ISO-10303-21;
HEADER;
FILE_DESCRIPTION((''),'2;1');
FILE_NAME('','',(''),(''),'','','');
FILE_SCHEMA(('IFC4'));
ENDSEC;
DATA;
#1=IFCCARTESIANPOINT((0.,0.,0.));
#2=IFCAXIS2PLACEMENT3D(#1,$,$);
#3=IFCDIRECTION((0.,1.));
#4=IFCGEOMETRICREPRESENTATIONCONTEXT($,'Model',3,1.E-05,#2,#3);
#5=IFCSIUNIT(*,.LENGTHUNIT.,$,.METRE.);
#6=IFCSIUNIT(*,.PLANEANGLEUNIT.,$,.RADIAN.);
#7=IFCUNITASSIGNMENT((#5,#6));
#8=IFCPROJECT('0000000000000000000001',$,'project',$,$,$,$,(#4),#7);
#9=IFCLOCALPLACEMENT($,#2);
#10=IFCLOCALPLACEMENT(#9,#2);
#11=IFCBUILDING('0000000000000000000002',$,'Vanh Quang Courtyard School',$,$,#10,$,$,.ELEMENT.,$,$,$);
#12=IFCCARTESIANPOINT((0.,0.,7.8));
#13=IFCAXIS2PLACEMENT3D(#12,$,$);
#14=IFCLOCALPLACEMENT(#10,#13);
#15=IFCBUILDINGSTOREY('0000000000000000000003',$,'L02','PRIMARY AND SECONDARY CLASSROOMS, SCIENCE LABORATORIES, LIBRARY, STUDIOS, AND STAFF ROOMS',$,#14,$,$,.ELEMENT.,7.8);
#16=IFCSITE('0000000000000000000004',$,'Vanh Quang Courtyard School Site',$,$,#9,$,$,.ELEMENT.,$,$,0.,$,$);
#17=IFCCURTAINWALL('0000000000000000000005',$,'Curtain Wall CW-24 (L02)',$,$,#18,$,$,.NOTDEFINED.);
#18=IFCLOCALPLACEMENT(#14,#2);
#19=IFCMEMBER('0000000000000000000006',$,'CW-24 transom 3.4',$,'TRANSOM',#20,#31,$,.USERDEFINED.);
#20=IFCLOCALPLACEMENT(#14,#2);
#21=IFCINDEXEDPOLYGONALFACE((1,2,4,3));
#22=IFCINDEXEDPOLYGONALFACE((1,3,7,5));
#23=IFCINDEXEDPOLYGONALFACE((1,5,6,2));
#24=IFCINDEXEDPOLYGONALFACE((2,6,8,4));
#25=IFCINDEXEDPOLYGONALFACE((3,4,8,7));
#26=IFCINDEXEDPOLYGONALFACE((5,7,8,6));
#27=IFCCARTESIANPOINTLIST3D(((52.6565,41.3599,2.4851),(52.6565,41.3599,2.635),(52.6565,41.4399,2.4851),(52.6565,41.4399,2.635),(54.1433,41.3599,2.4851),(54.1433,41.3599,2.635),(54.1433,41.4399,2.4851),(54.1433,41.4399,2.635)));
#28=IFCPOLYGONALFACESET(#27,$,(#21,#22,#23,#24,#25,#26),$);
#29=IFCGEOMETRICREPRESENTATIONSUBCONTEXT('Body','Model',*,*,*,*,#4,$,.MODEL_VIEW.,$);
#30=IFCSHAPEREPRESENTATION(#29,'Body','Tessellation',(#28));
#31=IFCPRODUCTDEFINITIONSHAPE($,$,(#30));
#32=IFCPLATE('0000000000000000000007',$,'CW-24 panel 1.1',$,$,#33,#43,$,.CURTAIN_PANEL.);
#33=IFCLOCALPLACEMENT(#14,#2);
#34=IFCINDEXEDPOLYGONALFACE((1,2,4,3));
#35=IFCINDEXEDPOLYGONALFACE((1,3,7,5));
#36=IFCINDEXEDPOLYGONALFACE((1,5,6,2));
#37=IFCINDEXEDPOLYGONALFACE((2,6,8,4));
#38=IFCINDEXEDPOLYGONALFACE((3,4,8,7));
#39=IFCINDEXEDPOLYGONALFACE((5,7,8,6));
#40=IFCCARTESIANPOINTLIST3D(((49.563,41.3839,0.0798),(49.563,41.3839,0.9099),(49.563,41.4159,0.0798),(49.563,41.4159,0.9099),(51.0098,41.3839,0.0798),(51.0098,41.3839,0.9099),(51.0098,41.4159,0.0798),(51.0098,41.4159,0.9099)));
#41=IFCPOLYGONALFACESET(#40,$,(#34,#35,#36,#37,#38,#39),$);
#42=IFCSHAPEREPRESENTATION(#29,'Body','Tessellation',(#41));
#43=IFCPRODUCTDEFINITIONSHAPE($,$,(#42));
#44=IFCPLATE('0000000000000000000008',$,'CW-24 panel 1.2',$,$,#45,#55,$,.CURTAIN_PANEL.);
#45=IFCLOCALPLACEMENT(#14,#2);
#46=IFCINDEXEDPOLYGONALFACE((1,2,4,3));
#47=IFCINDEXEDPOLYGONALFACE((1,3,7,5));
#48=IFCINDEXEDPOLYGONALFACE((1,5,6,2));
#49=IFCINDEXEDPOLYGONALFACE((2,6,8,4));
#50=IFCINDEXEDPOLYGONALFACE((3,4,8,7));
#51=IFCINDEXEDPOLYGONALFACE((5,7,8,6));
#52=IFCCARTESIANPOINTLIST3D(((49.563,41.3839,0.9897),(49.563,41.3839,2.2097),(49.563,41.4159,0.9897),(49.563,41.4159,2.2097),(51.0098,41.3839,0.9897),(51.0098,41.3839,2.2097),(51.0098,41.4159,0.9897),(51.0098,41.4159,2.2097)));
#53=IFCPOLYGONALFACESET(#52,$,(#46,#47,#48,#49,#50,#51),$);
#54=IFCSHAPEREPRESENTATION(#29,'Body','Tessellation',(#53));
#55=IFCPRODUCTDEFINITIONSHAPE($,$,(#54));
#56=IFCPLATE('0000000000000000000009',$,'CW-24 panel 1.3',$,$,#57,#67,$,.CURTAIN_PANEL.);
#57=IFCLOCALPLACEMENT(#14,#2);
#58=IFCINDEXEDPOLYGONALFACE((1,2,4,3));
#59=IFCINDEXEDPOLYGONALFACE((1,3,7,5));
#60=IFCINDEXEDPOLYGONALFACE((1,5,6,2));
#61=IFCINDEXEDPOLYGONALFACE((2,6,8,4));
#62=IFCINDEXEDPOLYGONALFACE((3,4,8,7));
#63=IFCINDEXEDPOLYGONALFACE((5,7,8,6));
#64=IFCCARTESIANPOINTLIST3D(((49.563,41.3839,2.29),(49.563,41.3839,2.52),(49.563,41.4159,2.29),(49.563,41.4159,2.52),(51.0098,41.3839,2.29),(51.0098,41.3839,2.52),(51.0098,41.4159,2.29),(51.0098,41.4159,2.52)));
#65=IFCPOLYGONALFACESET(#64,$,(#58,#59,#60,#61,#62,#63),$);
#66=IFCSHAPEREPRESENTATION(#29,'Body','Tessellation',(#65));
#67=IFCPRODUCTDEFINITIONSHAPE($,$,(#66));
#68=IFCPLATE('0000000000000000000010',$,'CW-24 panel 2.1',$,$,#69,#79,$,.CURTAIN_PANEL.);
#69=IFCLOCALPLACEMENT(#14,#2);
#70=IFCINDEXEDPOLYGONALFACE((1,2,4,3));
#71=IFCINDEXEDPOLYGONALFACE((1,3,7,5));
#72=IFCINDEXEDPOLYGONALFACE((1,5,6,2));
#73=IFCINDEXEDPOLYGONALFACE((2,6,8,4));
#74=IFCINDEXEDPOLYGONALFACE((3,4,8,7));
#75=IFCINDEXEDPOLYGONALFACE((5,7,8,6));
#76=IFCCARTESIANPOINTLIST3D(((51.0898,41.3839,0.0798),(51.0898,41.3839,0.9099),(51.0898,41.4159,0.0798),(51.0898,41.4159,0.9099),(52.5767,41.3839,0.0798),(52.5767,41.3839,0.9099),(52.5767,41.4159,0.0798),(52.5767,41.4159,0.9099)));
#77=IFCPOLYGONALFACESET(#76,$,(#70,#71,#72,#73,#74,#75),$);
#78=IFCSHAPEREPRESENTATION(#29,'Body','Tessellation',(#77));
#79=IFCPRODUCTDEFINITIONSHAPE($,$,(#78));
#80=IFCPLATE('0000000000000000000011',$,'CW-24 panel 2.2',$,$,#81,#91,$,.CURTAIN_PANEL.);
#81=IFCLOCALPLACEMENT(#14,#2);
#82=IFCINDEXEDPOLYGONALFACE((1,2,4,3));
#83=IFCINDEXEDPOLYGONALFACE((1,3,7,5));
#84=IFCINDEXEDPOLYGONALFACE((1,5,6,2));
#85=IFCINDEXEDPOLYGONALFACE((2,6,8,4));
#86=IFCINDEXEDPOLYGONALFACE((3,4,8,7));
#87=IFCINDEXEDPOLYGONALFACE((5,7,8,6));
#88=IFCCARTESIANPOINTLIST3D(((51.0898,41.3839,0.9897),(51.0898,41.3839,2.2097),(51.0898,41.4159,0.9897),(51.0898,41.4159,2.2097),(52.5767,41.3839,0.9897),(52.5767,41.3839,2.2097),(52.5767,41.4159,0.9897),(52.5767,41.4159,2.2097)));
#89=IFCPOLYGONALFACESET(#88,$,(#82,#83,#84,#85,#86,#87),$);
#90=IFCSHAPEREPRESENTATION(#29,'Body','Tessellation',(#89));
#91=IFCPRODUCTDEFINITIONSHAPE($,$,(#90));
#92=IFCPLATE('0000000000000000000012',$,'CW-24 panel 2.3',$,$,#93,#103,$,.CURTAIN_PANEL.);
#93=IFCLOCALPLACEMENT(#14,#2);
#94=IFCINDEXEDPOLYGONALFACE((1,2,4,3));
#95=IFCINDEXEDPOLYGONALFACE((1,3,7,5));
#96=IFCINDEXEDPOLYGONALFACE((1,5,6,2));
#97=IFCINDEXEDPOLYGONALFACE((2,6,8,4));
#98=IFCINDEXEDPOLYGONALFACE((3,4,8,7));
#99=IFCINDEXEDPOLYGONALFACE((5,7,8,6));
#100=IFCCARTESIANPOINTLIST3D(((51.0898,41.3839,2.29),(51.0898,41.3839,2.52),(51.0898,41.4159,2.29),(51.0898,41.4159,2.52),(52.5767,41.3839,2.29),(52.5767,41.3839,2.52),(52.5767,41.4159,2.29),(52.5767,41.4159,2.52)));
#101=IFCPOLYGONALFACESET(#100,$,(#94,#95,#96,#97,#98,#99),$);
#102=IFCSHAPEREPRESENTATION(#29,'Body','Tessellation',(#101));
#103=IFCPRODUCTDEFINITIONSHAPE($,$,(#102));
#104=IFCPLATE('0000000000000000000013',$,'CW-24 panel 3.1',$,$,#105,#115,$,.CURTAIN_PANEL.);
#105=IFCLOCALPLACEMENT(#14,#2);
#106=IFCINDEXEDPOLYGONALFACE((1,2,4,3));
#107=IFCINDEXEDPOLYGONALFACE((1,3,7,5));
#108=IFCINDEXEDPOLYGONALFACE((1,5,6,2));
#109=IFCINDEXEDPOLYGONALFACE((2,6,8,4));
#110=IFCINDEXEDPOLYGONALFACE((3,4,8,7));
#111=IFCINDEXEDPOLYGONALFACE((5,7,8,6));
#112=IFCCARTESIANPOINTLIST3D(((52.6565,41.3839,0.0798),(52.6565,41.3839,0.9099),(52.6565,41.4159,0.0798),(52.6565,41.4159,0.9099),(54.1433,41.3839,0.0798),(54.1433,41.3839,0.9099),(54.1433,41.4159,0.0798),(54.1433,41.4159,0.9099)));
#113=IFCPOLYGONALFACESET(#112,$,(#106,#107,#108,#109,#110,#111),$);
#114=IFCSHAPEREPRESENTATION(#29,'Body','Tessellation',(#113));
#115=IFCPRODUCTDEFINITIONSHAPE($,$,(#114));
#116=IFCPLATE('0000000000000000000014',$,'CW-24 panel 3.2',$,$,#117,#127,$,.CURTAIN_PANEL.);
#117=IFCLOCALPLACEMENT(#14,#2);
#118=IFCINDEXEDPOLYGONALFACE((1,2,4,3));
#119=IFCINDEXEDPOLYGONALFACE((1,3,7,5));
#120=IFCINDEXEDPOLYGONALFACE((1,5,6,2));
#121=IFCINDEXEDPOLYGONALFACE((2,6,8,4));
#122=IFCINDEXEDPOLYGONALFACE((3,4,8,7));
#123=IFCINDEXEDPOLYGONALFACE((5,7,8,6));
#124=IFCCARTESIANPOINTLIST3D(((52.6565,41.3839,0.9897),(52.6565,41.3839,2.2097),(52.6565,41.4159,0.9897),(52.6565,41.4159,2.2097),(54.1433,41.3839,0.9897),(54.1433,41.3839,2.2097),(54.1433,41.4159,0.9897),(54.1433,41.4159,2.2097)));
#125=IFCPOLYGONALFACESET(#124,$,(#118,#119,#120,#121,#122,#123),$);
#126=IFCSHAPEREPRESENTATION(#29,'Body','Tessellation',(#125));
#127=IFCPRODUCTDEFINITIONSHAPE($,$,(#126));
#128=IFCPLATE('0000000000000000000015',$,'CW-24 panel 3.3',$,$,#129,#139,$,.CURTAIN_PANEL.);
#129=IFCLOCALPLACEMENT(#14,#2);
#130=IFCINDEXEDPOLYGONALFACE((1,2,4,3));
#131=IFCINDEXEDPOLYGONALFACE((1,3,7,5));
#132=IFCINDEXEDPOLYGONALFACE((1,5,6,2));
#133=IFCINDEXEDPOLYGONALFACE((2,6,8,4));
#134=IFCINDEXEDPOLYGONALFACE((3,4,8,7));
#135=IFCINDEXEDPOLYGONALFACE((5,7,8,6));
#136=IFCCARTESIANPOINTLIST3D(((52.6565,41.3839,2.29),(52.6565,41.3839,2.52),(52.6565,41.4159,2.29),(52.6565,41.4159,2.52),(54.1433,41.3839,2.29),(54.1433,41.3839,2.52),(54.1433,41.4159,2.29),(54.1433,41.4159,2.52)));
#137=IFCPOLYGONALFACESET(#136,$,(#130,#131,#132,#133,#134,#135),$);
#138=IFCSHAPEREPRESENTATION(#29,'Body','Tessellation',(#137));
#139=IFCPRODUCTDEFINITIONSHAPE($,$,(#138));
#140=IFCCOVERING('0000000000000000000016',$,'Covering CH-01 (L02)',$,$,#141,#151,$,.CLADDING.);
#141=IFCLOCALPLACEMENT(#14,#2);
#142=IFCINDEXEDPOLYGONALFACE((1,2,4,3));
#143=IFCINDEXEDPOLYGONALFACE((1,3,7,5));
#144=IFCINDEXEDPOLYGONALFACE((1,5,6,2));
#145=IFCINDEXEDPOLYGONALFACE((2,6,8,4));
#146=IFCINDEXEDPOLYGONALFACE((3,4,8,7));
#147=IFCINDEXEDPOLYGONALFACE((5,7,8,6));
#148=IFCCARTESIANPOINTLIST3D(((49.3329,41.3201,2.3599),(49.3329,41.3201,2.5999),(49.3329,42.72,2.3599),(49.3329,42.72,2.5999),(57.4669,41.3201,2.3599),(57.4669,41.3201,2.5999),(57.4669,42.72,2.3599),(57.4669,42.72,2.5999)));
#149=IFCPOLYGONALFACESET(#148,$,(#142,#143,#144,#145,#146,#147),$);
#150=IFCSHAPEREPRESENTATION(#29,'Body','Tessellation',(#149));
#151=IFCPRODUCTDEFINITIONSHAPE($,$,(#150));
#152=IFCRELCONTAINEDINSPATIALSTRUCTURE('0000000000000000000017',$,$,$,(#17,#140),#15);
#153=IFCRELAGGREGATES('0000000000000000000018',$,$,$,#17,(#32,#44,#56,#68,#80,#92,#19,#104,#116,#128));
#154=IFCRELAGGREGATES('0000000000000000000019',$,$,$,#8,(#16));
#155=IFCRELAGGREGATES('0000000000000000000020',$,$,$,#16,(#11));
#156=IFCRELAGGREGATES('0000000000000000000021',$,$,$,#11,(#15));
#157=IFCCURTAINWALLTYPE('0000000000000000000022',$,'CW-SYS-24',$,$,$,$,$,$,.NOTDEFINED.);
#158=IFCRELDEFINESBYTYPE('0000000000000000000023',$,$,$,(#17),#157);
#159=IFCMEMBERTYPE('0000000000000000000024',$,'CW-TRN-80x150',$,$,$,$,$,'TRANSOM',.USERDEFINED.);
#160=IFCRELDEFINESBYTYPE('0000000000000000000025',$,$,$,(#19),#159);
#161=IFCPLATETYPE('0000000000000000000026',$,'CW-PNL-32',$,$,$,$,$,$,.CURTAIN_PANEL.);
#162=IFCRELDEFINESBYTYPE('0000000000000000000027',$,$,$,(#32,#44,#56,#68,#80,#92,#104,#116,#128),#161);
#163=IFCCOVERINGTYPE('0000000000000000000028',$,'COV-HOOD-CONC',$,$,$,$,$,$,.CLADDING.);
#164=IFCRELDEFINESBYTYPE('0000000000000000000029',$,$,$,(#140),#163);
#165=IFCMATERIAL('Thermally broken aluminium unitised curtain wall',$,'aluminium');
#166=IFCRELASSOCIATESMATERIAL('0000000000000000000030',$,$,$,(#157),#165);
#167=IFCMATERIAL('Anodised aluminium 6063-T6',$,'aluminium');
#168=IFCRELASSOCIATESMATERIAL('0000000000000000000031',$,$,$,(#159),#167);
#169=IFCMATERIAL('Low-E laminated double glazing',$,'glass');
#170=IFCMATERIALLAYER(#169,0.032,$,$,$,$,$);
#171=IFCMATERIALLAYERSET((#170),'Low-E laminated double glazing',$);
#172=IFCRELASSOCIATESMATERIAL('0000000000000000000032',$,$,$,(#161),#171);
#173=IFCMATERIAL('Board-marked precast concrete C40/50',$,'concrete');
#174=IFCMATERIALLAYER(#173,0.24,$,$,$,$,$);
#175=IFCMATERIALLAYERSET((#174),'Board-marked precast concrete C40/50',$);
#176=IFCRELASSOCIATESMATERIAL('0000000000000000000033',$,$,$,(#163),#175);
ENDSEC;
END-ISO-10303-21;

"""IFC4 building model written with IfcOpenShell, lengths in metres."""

from ifc_helpers import new_model, si_unit, direction, frame, origin, origin_2d, place, context, subcontext, project, spatial, rectangle, extrude, material, layer, layer_set, material_profile, profile_set, type_object, element, aggregate, save


model = new_model("IFC4")

# Units and contexts
model_context = context("Model", 3, precision=1e-05, world=origin(), true_north=direction((0.0, 1.0)))
body_context = subcontext(model_context, "Body", "Model", "MODEL_VIEW")
ifc_project = project(units=[si_unit("LENGTHUNIT", "METRE"), si_unit("PLANEANGLEUNIT", "RADIAN")], contexts=[model_context])

# Site, building, storey
site_placement = place(None, origin())
site = spatial("IfcSite", under=ifc_project, at=site_placement, Name="Vanh Quang Courtyard School Site", CompositionType="ELEMENT", RefElevation=0.0)
building_placement = place(site_placement, origin())
building = spatial("IfcBuilding", under=site, at=building_placement, Name="Vanh Quang Courtyard School", CompositionType="ELEMENT")
storey_placement = place(building_placement, frame((0.0, 0.0, 7.8)))
storey = spatial("IfcBuildingStorey", under=building, at=storey_placement, Name="L02", Description="PRIMARY AND SECONDARY CLASSROOMS, SCIENCE LABORATORIES, LIBRARY, STUDIOS, AND STAFF ROOMS", CompositionType="ELEMENT", Elevation=7.8)

# Curtain wall, member, plates
ifc_material_1 = material(Name="Thermally broken aluminium unitised curtain wall", Category="aluminium")
curtain_wall_type = type_object("IfcCurtainWallType", Name="CW-SYS-24", PredefinedType="NOTDEFINED", material=ifc_material_1)
curtain_wall_placement = place(storey_placement, origin())
curtain_wall = element("IfcCurtainWall", 1, at=curtain_wall_placement, inside=storey, type_object=curtain_wall_type, Name="Curtain Wall CW-24 (L02)", PredefinedType="NOTDEFINED")
ifc_material_2 = material(Name="Anodised aluminium 6063-T6", Category="aluminium")
ifc_material_profile_1 = material_profile(ifc_material_2, rectangle(XDim=0.0801, YDim=0.1499, at=origin_2d()), Name="ALU-TRN 80x150")
ifc_profile_set_1 = profile_set([ifc_material_profile_1], Name="Anodised aluminium 6063-T6")
member_type_1 = type_object("IfcMemberType", Name="CW-TRN-80x150", ElementType="TRANSOM", PredefinedType="USERDEFINED", material=ifc_profile_set_1)
member_1_placement = place(storey_placement, frame((52.6565, 41.3999, 2.5601), z_axis=(1.0, 0.0, 0.0), x_axis=(0.0, 1.0, 0.0)))
member_1 = element("IfcMember", 2, at=member_1_placement, type_object=member_type_1, Name="CW-24 transom 3.4", ObjectType="TRANSOM", PredefinedType="USERDEFINED", context=body_context, shape_type="SweptSolid", body=[
    extrude(rectangle(XDim=0.0801, YDim=0.1499, at=origin_2d()), origin(), (0.0, 0.0, 1.0), 1.4868),
])
ifc_material_3 = material(Name="Low-E laminated double glazing", Category="glass")
ifc_layer_1 = layer(ifc_material_3, 0.032)
ifc_layer_set_1 = layer_set([ifc_layer_1], Name="Low-E laminated double glazing")
plate_type = type_object("IfcPlateType", Name="CW-PNL-32", PredefinedType="CURTAIN_PANEL", material=ifc_layer_set_1)
plate_1_placement = place(storey_placement, frame((50.2864, 41.3999, 0.0798), z_axis=(0.0, 0.0, 1.0), x_axis=(1.0, 0.0, 0.0)))
plate_1 = element("IfcPlate", 3, at=plate_1_placement, type_object=plate_type, Name="CW-24 panel 1.1", PredefinedType="CURTAIN_PANEL", context=body_context, shape_type="SweptSolid", body=[
    extrude(rectangle(XDim=1.4468, YDim=0.032, at=origin_2d()), origin(), (0.0, 0.0, 1.0), 0.8301),
])
plate_2_placement = place(storey_placement, frame((50.2864, 41.3999, 0.9897), z_axis=(0.0, 0.0, 1.0), x_axis=(1.0, 0.0, 0.0)))
plate_2 = element("IfcPlate", 4, at=plate_2_placement, type_object=plate_type, Name="CW-24 panel 1.2", PredefinedType="CURTAIN_PANEL", context=body_context, shape_type="SweptSolid", body=[
    extrude(rectangle(XDim=1.4468, YDim=0.032, at=origin_2d()), origin(), (0.0, 0.0, 1.0), 1.22),
])
plate_3_placement = place(storey_placement, frame((50.2864, 41.3999, 2.29), z_axis=(0.0, 0.0, 1.0), x_axis=(1.0, 0.0, 0.0)))
plate_3 = element("IfcPlate", 5, at=plate_3_placement, type_object=plate_type, Name="CW-24 panel 1.3", PredefinedType="CURTAIN_PANEL", context=body_context, shape_type="SweptSolid", body=[
    extrude(rectangle(XDim=1.4468, YDim=0.032, at=origin_2d()), origin(), (0.0, 0.0, 1.0), 0.23),
])
plate_4_placement = place(storey_placement, frame((51.8333, 41.3999, 0.0798), z_axis=(0.0, 0.0, 1.0), x_axis=(1.0, 0.0, 0.0)))
plate_4 = element("IfcPlate", 6, at=plate_4_placement, type_object=plate_type, Name="CW-24 panel 2.1", PredefinedType="CURTAIN_PANEL", context=body_context, shape_type="SweptSolid", body=[
    extrude(rectangle(XDim=1.4868, YDim=0.032, at=origin_2d()), origin(), (0.0, 0.0, 1.0), 0.8301),
])
plate_5_placement = place(storey_placement, frame((51.8333, 41.3999, 0.9897), z_axis=(0.0, 0.0, 1.0), x_axis=(1.0, 0.0, 0.0)))
plate_5 = element("IfcPlate", 7, at=plate_5_placement, type_object=plate_type, Name="CW-24 panel 2.2", PredefinedType="CURTAIN_PANEL", context=body_context, shape_type="SweptSolid", body=[
    extrude(rectangle(XDim=1.4868, YDim=0.032, at=origin_2d()), origin(), (0.0, 0.0, 1.0), 1.22),
])
plate_6_placement = place(storey_placement, frame((51.8333, 41.3999, 2.29), z_axis=(0.0, 0.0, 1.0), x_axis=(1.0, 0.0, 0.0)))
plate_6 = element("IfcPlate", 8, at=plate_6_placement, type_object=plate_type, Name="CW-24 panel 2.3", PredefinedType="CURTAIN_PANEL", context=body_context, shape_type="SweptSolid", body=[
    extrude(rectangle(XDim=1.4868, YDim=0.032, at=origin_2d()), origin(), (0.0, 0.0, 1.0), 0.23),
])
plate_7_placement = place(storey_placement, frame((53.3999, 41.3999, 0.0798), z_axis=(0.0, 0.0, 1.0), x_axis=(1.0, 0.0, 0.0)))
plate_7 = element("IfcPlate", 9, at=plate_7_placement, type_object=plate_type, Name="CW-24 panel 3.1", PredefinedType="CURTAIN_PANEL", context=body_context, shape_type="SweptSolid", body=[
    extrude(rectangle(XDim=1.4868, YDim=0.032, at=origin_2d()), origin(), (0.0, 0.0, 1.0), 0.8301),
])
plate_8_placement = place(storey_placement, frame((53.3999, 41.3999, 0.9897), z_axis=(0.0, 0.0, 1.0), x_axis=(1.0, 0.0, 0.0)))
plate_8 = element("IfcPlate", 10, at=plate_8_placement, type_object=plate_type, Name="CW-24 panel 3.2", PredefinedType="CURTAIN_PANEL", context=body_context, shape_type="SweptSolid", body=[
    extrude(rectangle(XDim=1.4868, YDim=0.032, at=origin_2d()), origin(), (0.0, 0.0, 1.0), 1.22),
])
plate_9_placement = place(storey_placement, frame((53.3999, 41.3999, 2.29), z_axis=(0.0, 0.0, 1.0), x_axis=(1.0, 0.0, 0.0)))
plate_9 = element("IfcPlate", 11, at=plate_9_placement, type_object=plate_type, Name="CW-24 panel 3.3", PredefinedType="CURTAIN_PANEL", context=body_context, shape_type="SweptSolid", body=[
    extrude(rectangle(XDim=1.4868, YDim=0.032, at=origin_2d()), origin(), (0.0, 0.0, 1.0), 0.23),
])
aggregate(curtain_wall, [plate_1, plate_2, plate_3, plate_4, plate_5, plate_6, member_1, plate_7, plate_8, plate_9])

# Covering
ifc_material_4 = material(Name="Board-marked precast concrete C40/50", Category="concrete")
ifc_layer_2 = layer(ifc_material_4, 0.24)
ifc_layer_set_2 = layer_set([ifc_layer_2], Name="Board-marked precast concrete C40/50")
covering_type = type_object("IfcCoveringType", Name="COV-HOOD-CONC", PredefinedType="CLADDING", material=ifc_layer_set_2)
covering_placement = place(storey_placement, frame((53.3999, 42.02, 2.3599), z_axis=(0.0, 0.0, 1.0), x_axis=(1.0, 0.0, 0.0)))
element("IfcCovering", 12, at=covering_placement, inside=storey, type_object=covering_type, Name="Covering CH-01 (L02)", PredefinedType="CLADDING", context=body_context, shape_type="SweptSolid", body=[
    extrude(rectangle(XDim=8.134, YDim=1.3999, at=origin_2d()), origin(), (0.0, 0.0, 1.0), 0.24),
])

save(model, "model.ifc")
